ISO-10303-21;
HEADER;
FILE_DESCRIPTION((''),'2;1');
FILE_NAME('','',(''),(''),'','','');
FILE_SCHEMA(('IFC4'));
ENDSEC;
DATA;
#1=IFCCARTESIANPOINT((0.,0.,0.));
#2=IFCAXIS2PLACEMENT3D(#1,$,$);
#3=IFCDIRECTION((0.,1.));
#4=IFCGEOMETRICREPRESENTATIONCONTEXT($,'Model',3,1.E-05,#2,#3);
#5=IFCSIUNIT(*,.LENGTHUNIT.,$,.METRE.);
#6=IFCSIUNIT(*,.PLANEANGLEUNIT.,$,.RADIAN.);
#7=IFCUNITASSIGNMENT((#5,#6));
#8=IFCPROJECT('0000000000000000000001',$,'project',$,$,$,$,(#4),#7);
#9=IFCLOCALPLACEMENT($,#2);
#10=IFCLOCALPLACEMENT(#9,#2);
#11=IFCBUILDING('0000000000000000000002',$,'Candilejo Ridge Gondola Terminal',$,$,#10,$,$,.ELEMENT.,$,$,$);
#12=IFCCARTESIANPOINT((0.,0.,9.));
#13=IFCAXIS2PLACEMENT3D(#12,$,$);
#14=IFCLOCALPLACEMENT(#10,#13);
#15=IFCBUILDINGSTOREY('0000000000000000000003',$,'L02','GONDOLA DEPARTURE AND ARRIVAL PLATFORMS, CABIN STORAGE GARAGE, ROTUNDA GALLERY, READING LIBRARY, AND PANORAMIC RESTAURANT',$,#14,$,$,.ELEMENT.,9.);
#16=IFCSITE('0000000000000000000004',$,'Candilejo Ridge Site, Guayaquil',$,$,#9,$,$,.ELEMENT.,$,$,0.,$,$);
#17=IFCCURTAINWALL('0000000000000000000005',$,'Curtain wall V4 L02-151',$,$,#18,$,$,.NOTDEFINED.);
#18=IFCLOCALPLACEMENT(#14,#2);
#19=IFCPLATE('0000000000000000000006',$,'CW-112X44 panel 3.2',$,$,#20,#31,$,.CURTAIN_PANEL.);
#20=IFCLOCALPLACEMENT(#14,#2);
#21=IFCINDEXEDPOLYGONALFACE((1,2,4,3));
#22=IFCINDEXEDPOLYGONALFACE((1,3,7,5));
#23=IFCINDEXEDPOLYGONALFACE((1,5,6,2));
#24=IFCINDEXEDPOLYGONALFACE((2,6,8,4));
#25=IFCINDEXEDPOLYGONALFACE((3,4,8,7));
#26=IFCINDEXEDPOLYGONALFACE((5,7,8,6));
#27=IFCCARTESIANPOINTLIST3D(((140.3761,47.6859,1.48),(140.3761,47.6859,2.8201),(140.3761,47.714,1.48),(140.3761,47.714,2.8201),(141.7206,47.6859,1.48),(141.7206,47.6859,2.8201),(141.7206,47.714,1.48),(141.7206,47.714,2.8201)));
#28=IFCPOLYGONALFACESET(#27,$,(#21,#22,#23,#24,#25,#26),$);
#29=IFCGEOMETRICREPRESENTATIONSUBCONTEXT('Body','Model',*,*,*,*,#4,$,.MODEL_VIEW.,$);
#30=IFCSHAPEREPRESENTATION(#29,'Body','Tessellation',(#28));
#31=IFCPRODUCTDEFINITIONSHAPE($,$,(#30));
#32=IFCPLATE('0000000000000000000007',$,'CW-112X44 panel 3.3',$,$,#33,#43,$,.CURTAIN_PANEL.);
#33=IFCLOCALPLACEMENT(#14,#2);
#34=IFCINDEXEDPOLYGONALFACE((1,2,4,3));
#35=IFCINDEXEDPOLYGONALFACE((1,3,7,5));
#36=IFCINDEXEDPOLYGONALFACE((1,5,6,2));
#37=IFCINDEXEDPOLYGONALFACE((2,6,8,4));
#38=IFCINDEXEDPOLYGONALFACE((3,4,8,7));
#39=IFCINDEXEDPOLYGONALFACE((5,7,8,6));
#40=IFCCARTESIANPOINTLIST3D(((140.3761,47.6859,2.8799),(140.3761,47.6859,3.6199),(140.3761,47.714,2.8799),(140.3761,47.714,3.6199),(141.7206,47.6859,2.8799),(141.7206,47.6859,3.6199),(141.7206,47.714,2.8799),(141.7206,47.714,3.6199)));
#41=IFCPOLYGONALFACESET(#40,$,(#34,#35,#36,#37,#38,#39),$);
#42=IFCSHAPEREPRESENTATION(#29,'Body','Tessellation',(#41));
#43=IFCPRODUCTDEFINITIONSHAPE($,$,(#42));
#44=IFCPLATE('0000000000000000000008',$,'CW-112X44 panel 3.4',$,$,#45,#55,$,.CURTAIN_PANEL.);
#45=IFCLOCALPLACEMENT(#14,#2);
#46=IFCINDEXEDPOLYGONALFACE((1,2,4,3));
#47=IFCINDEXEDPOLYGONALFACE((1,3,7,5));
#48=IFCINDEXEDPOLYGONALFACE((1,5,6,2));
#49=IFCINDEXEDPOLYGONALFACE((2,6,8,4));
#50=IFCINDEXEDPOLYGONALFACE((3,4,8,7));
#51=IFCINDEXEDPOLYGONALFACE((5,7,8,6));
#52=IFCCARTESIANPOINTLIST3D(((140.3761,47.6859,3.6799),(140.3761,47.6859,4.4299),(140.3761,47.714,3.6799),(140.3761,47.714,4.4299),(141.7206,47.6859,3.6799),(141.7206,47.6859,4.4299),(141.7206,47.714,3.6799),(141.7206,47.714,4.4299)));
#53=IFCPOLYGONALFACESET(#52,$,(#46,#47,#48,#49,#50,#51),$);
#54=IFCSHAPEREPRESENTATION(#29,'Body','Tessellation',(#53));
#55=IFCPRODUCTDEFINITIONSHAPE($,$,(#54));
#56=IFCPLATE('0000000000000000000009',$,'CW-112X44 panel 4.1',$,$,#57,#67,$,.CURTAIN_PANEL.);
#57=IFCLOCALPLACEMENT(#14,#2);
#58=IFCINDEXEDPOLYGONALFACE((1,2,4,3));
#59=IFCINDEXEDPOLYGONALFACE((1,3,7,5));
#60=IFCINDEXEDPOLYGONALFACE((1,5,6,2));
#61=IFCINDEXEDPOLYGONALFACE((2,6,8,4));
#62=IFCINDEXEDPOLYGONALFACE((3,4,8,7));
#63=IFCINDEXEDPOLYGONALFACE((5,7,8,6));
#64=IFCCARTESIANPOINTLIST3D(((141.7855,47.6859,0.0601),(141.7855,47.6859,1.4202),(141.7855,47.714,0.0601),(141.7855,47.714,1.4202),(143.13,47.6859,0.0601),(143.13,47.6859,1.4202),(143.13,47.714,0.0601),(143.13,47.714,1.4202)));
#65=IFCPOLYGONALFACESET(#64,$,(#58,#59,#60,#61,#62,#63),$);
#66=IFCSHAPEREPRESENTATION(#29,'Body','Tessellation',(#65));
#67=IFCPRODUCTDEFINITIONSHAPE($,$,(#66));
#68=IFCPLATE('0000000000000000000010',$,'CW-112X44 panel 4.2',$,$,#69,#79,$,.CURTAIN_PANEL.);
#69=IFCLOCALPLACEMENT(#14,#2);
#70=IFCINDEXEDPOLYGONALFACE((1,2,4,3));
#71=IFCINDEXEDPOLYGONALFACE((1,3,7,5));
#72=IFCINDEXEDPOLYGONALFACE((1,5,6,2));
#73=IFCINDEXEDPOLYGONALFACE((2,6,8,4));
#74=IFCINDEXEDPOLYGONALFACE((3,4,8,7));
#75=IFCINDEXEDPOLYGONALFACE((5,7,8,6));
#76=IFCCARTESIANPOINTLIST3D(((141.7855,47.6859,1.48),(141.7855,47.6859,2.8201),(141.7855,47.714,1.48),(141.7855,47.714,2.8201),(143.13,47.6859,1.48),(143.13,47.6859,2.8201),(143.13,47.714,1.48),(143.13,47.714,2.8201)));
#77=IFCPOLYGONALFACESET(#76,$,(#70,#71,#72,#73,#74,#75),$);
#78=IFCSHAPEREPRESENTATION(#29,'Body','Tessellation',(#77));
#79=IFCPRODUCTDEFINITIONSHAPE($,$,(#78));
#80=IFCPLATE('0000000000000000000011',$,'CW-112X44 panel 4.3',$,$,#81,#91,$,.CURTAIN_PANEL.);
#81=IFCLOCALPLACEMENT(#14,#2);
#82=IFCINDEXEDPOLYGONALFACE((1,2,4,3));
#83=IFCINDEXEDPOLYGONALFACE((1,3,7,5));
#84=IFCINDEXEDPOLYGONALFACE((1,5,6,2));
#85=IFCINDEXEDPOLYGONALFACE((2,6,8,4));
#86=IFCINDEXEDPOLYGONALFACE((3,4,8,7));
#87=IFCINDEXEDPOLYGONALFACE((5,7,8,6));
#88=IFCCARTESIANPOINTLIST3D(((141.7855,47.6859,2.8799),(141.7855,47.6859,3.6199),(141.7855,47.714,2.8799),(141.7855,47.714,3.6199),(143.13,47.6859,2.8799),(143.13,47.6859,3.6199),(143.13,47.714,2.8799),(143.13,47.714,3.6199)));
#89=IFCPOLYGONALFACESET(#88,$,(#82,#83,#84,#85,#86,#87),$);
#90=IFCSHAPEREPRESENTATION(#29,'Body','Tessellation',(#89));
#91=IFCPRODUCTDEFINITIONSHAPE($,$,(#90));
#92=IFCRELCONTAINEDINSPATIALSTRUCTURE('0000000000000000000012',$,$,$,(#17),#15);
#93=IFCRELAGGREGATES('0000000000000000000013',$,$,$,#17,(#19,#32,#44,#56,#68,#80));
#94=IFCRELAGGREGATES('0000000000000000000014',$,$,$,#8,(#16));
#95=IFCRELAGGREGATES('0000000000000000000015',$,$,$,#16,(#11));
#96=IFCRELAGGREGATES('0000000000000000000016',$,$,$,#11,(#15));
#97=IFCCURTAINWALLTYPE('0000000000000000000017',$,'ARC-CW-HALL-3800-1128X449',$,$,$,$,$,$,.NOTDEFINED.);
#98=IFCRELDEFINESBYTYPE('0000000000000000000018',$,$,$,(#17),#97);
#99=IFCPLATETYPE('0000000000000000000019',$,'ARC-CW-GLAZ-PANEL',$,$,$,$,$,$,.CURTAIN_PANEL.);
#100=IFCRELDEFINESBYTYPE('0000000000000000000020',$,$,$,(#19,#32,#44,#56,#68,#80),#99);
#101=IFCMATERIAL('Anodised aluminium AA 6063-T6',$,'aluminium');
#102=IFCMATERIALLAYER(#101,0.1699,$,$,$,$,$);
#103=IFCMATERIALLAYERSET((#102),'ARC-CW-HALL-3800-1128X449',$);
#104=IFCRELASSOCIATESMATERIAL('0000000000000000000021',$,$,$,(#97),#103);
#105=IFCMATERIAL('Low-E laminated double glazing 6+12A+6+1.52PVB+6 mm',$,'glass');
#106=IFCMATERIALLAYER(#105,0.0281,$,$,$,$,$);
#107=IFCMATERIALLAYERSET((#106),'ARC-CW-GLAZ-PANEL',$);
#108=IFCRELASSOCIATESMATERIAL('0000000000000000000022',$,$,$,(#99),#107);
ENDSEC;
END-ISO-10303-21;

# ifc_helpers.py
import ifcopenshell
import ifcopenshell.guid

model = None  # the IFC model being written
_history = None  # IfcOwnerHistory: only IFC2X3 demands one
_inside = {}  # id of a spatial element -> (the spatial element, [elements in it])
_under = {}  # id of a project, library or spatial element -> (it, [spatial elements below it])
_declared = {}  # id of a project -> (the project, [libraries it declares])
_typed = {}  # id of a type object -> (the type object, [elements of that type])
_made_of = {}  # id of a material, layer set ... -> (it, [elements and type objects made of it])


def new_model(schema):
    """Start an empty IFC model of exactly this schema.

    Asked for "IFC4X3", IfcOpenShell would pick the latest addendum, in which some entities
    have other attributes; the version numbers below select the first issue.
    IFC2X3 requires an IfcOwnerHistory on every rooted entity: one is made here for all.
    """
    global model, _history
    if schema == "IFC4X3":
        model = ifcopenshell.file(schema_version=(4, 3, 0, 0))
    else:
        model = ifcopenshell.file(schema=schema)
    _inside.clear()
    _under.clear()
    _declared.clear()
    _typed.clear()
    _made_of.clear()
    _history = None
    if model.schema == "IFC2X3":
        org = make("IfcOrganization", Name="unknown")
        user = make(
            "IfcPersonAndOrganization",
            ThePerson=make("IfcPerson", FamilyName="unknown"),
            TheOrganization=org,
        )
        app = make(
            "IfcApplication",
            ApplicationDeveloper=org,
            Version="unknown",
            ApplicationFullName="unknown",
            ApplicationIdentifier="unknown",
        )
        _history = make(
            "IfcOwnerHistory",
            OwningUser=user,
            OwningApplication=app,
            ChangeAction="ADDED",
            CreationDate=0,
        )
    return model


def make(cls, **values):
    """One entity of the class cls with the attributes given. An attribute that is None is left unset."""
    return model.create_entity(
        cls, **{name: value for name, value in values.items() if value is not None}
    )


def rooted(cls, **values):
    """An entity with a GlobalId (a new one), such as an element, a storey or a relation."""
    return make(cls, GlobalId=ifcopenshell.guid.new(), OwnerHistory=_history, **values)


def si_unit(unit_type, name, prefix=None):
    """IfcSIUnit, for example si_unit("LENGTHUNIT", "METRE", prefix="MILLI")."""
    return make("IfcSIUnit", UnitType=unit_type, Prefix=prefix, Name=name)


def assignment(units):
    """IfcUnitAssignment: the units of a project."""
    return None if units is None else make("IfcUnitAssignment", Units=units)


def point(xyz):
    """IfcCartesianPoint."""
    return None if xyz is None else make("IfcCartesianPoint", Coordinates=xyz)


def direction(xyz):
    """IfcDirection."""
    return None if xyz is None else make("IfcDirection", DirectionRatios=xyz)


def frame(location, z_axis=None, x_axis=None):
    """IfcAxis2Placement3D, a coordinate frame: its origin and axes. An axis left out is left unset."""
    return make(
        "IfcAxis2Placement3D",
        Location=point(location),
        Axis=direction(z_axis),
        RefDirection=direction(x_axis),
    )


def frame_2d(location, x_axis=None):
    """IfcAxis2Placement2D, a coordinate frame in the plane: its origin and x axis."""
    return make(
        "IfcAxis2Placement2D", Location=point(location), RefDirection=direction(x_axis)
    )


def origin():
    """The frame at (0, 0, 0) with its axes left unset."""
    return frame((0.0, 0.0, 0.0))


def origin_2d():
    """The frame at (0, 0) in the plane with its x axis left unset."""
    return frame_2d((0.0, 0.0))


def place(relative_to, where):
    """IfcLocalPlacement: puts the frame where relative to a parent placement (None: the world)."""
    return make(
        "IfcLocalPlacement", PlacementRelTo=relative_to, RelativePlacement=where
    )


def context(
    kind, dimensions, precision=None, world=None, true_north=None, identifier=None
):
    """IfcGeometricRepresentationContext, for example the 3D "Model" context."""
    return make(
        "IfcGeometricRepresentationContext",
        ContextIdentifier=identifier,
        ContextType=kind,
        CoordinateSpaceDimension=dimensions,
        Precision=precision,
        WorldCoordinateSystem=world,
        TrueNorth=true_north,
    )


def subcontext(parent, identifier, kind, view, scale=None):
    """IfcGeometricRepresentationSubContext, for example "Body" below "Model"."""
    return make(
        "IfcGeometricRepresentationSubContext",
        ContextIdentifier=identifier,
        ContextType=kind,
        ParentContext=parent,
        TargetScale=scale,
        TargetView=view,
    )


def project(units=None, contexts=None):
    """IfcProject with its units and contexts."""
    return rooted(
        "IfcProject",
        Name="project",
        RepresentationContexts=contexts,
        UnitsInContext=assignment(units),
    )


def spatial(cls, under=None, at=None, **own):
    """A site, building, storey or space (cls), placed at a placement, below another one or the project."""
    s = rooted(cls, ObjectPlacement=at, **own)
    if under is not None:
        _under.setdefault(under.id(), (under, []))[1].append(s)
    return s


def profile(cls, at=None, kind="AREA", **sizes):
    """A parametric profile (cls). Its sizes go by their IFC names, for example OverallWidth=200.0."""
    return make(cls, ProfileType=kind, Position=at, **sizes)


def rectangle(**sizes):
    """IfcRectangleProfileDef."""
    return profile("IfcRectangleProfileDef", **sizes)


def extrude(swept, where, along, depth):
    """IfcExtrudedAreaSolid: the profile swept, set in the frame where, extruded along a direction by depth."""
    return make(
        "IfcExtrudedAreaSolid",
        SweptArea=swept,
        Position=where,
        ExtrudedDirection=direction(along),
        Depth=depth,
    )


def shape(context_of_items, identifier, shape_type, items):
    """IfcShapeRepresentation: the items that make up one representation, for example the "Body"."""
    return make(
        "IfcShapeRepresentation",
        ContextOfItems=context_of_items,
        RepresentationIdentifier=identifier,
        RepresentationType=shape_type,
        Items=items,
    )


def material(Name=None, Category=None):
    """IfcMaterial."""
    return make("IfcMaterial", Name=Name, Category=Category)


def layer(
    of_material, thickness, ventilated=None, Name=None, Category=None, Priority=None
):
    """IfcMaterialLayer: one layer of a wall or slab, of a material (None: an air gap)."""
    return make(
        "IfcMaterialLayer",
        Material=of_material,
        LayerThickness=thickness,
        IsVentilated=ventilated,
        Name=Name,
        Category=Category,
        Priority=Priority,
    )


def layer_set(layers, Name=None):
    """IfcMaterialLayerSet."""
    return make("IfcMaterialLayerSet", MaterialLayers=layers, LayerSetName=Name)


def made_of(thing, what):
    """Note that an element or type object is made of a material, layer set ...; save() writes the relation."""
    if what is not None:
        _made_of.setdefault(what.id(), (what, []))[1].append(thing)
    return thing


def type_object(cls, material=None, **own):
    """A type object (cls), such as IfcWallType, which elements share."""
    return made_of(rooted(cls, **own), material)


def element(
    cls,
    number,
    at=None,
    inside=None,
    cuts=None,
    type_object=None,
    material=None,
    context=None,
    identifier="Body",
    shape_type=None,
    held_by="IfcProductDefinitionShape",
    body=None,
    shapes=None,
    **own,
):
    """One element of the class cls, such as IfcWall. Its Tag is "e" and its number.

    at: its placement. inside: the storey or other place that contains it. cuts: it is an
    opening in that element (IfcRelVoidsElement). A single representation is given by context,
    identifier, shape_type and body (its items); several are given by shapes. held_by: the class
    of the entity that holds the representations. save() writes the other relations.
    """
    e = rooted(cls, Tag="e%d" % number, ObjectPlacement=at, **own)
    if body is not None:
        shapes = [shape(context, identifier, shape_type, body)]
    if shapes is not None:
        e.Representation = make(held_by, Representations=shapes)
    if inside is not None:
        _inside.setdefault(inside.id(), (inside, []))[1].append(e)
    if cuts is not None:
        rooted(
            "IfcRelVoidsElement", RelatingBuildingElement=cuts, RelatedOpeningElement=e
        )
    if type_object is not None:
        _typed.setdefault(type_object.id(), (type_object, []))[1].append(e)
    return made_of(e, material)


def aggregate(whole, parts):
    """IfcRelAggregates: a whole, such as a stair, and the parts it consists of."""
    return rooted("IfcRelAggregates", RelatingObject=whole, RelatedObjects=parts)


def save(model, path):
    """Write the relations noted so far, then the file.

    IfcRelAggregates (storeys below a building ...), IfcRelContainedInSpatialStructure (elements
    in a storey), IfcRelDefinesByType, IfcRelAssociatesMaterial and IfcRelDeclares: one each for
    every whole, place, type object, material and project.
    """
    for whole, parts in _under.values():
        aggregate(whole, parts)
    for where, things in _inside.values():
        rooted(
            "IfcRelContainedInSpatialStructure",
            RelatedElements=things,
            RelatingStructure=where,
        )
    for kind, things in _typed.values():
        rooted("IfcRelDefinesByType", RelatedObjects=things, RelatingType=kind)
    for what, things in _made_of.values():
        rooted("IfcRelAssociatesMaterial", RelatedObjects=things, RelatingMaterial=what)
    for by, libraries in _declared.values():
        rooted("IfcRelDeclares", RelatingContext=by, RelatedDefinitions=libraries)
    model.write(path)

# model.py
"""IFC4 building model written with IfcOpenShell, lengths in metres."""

from ifc_helpers import new_model, si_unit, direction, frame, origin, origin_2d, place, context, subcontext, project, spatial, rectangle, extrude, material, layer, layer_set, type_object, element, aggregate, save


model = new_model("IFC4")

# Units and contexts
model_context = context("Model", 3, precision=1e-05, world=origin(), true_north=direction((0.0, 1.0)))
body_context = subcontext(model_context, "Body", "Model", "MODEL_VIEW")
ifc_project = project(units=[si_unit("LENGTHUNIT", "METRE"), si_unit("PLANEANGLEUNIT", "RADIAN")], contexts=[model_context])

# Site, building, storey
site_placement = place(None, origin())
site = spatial("IfcSite", under=ifc_project, at=site_placement, Name="Candilejo Ridge Site, Guayaquil", CompositionType="ELEMENT", RefElevation=0.0)
building_placement = place(site_placement, origin())
building = spatial("IfcBuilding", under=site, at=building_placement, Name="Candilejo Ridge Gondola Terminal", CompositionType="ELEMENT")
storey_placement = place(building_placement, frame((0.0, 0.0, 9.0)))
storey = spatial("IfcBuildingStorey", under=building, at=storey_placement, Name="L02", Description="GONDOLA DEPARTURE AND ARRIVAL PLATFORMS, CABIN STORAGE GARAGE, ROTUNDA GALLERY, READING LIBRARY, AND PANORAMIC RESTAURANT", CompositionType="ELEMENT", Elevation=9.0)

# Curtain wall, plates
ifc_material_1 = material(Name="Anodised aluminium AA 6063-T6", Category="aluminium")
ifc_layer_1 = layer(ifc_material_1, 0.1699)
ifc_layer_set_1 = layer_set([ifc_layer_1], Name="ARC-CW-HALL-3800-1128X449")
curtain_wall_type = type_object("IfcCurtainWallType", Name="ARC-CW-HALL-3800-1128X449", PredefinedType="NOTDEFINED", material=ifc_layer_set_1)
curtain_wall_placement = place(storey_placement, origin())
curtain_wall = element("IfcCurtainWall", 1, at=curtain_wall_placement, inside=storey, type_object=curtain_wall_type, Name="Curtain wall V4 L02-151", PredefinedType="NOTDEFINED")
ifc_material_2 = material(Name="Low-E laminated double glazing 6+12A+6+1.52PVB+6 mm", Category="glass")
ifc_layer_2 = layer(ifc_material_2, 0.0281)
ifc_layer_set_2 = layer_set([ifc_layer_2], Name="ARC-CW-GLAZ-PANEL")
plate_type = type_object("IfcPlateType", Name="ARC-CW-GLAZ-PANEL", PredefinedType="CURTAIN_PANEL", material=ifc_layer_set_2)
plate_1_placement = place(storey_placement, frame((141.0483, 47.7, 1.48), z_axis=(0.0, 0.0, 1.0), x_axis=(1.0, 0.0, 0.0)))
plate_1 = element("IfcPlate", 2, at=plate_1_placement, type_object=plate_type, Name="CW-112X44 panel 3.2", PredefinedType="CURTAIN_PANEL", context=body_context, shape_type="SweptSolid", body=[
    extrude(rectangle(XDim=1.3445, YDim=0.0281, at=origin_2d()), origin(), (0.0, 0.0, 1.0), 1.3401),
])
plate_2_placement = place(storey_placement, frame((141.0483, 47.7, 2.8799), z_axis=(0.0, 0.0, 1.0), x_axis=(1.0, 0.0, 0.0)))
plate_2 = element("IfcPlate", 3, at=plate_2_placement, type_object=plate_type, Name="CW-112X44 panel 3.3", PredefinedType="CURTAIN_PANEL", context=body_context, shape_type="SweptSolid", body=[
    extrude(rectangle(XDim=1.3445, YDim=0.0281, at=origin_2d()), origin(), (0.0, 0.0, 1.0), 0.74),
])
plate_3_placement = place(storey_placement, frame((141.0483, 47.7, 3.6799), z_axis=(0.0, 0.0, 1.0), x_axis=(1.0, 0.0, 0.0)))
plate_3 = element("IfcPlate", 4, at=plate_3_placement, type_object=plate_type, Name="CW-112X44 panel 3.4", PredefinedType="CURTAIN_PANEL", context=body_context, shape_type="SweptSolid", body=[
    extrude(rectangle(XDim=1.3445, YDim=0.0281, at=origin_2d()), origin(), (0.0, 0.0, 1.0), 0.75),
])
plate_4_placement = place(storey_placement, frame((142.4578, 47.7, 0.0601), z_axis=(0.0, 0.0, 1.0), x_axis=(1.0, 0.0, 0.0)))
plate_4 = element("IfcPlate", 5, at=plate_4_placement, type_object=plate_type, Name="CW-112X44 panel 4.1", PredefinedType="CURTAIN_PANEL", context=body_context, shape_type="SweptSolid", body=[
    extrude(rectangle(XDim=1.3445, YDim=0.0281, at=origin_2d()), origin(), (0.0, 0.0, 1.0), 1.3601),
])
plate_5_placement = place(storey_placement, frame((142.4578, 47.7, 1.48), z_axis=(0.0, 0.0, 1.0), x_axis=(1.0, 0.0, 0.0)))
plate_5 = element("IfcPlate", 6, at=plate_5_placement, type_object=plate_type, Name="CW-112X44 panel 4.2", PredefinedType="CURTAIN_PANEL", context=body_context, shape_type="SweptSolid", body=[
    extrude(rectangle(XDim=1.3445, YDim=0.0281, at=origin_2d()), origin(), (0.0, 0.0, 1.0), 1.3401),
])
plate_6_placement = place(storey_placement, frame((142.4578, 47.7, 2.8799), z_axis=(0.0, 0.0, 1.0), x_axis=(1.0, 0.0, 0.0)))
plate_6 = element("IfcPlate", 7, at=plate_6_placement, type_object=plate_type, Name="CW-112X44 panel 4.3", PredefinedType="CURTAIN_PANEL", context=body_context, shape_type="SweptSolid", body=[
    extrude(rectangle(XDim=1.3445, YDim=0.0281, at=origin_2d()), origin(), (0.0, 0.0, 1.0), 0.74),
])
aggregate(curtain_wall, [plate_1, plate_2, plate_3, plate_4, plate_5, plate_6])

save(model, "model.ifc")
